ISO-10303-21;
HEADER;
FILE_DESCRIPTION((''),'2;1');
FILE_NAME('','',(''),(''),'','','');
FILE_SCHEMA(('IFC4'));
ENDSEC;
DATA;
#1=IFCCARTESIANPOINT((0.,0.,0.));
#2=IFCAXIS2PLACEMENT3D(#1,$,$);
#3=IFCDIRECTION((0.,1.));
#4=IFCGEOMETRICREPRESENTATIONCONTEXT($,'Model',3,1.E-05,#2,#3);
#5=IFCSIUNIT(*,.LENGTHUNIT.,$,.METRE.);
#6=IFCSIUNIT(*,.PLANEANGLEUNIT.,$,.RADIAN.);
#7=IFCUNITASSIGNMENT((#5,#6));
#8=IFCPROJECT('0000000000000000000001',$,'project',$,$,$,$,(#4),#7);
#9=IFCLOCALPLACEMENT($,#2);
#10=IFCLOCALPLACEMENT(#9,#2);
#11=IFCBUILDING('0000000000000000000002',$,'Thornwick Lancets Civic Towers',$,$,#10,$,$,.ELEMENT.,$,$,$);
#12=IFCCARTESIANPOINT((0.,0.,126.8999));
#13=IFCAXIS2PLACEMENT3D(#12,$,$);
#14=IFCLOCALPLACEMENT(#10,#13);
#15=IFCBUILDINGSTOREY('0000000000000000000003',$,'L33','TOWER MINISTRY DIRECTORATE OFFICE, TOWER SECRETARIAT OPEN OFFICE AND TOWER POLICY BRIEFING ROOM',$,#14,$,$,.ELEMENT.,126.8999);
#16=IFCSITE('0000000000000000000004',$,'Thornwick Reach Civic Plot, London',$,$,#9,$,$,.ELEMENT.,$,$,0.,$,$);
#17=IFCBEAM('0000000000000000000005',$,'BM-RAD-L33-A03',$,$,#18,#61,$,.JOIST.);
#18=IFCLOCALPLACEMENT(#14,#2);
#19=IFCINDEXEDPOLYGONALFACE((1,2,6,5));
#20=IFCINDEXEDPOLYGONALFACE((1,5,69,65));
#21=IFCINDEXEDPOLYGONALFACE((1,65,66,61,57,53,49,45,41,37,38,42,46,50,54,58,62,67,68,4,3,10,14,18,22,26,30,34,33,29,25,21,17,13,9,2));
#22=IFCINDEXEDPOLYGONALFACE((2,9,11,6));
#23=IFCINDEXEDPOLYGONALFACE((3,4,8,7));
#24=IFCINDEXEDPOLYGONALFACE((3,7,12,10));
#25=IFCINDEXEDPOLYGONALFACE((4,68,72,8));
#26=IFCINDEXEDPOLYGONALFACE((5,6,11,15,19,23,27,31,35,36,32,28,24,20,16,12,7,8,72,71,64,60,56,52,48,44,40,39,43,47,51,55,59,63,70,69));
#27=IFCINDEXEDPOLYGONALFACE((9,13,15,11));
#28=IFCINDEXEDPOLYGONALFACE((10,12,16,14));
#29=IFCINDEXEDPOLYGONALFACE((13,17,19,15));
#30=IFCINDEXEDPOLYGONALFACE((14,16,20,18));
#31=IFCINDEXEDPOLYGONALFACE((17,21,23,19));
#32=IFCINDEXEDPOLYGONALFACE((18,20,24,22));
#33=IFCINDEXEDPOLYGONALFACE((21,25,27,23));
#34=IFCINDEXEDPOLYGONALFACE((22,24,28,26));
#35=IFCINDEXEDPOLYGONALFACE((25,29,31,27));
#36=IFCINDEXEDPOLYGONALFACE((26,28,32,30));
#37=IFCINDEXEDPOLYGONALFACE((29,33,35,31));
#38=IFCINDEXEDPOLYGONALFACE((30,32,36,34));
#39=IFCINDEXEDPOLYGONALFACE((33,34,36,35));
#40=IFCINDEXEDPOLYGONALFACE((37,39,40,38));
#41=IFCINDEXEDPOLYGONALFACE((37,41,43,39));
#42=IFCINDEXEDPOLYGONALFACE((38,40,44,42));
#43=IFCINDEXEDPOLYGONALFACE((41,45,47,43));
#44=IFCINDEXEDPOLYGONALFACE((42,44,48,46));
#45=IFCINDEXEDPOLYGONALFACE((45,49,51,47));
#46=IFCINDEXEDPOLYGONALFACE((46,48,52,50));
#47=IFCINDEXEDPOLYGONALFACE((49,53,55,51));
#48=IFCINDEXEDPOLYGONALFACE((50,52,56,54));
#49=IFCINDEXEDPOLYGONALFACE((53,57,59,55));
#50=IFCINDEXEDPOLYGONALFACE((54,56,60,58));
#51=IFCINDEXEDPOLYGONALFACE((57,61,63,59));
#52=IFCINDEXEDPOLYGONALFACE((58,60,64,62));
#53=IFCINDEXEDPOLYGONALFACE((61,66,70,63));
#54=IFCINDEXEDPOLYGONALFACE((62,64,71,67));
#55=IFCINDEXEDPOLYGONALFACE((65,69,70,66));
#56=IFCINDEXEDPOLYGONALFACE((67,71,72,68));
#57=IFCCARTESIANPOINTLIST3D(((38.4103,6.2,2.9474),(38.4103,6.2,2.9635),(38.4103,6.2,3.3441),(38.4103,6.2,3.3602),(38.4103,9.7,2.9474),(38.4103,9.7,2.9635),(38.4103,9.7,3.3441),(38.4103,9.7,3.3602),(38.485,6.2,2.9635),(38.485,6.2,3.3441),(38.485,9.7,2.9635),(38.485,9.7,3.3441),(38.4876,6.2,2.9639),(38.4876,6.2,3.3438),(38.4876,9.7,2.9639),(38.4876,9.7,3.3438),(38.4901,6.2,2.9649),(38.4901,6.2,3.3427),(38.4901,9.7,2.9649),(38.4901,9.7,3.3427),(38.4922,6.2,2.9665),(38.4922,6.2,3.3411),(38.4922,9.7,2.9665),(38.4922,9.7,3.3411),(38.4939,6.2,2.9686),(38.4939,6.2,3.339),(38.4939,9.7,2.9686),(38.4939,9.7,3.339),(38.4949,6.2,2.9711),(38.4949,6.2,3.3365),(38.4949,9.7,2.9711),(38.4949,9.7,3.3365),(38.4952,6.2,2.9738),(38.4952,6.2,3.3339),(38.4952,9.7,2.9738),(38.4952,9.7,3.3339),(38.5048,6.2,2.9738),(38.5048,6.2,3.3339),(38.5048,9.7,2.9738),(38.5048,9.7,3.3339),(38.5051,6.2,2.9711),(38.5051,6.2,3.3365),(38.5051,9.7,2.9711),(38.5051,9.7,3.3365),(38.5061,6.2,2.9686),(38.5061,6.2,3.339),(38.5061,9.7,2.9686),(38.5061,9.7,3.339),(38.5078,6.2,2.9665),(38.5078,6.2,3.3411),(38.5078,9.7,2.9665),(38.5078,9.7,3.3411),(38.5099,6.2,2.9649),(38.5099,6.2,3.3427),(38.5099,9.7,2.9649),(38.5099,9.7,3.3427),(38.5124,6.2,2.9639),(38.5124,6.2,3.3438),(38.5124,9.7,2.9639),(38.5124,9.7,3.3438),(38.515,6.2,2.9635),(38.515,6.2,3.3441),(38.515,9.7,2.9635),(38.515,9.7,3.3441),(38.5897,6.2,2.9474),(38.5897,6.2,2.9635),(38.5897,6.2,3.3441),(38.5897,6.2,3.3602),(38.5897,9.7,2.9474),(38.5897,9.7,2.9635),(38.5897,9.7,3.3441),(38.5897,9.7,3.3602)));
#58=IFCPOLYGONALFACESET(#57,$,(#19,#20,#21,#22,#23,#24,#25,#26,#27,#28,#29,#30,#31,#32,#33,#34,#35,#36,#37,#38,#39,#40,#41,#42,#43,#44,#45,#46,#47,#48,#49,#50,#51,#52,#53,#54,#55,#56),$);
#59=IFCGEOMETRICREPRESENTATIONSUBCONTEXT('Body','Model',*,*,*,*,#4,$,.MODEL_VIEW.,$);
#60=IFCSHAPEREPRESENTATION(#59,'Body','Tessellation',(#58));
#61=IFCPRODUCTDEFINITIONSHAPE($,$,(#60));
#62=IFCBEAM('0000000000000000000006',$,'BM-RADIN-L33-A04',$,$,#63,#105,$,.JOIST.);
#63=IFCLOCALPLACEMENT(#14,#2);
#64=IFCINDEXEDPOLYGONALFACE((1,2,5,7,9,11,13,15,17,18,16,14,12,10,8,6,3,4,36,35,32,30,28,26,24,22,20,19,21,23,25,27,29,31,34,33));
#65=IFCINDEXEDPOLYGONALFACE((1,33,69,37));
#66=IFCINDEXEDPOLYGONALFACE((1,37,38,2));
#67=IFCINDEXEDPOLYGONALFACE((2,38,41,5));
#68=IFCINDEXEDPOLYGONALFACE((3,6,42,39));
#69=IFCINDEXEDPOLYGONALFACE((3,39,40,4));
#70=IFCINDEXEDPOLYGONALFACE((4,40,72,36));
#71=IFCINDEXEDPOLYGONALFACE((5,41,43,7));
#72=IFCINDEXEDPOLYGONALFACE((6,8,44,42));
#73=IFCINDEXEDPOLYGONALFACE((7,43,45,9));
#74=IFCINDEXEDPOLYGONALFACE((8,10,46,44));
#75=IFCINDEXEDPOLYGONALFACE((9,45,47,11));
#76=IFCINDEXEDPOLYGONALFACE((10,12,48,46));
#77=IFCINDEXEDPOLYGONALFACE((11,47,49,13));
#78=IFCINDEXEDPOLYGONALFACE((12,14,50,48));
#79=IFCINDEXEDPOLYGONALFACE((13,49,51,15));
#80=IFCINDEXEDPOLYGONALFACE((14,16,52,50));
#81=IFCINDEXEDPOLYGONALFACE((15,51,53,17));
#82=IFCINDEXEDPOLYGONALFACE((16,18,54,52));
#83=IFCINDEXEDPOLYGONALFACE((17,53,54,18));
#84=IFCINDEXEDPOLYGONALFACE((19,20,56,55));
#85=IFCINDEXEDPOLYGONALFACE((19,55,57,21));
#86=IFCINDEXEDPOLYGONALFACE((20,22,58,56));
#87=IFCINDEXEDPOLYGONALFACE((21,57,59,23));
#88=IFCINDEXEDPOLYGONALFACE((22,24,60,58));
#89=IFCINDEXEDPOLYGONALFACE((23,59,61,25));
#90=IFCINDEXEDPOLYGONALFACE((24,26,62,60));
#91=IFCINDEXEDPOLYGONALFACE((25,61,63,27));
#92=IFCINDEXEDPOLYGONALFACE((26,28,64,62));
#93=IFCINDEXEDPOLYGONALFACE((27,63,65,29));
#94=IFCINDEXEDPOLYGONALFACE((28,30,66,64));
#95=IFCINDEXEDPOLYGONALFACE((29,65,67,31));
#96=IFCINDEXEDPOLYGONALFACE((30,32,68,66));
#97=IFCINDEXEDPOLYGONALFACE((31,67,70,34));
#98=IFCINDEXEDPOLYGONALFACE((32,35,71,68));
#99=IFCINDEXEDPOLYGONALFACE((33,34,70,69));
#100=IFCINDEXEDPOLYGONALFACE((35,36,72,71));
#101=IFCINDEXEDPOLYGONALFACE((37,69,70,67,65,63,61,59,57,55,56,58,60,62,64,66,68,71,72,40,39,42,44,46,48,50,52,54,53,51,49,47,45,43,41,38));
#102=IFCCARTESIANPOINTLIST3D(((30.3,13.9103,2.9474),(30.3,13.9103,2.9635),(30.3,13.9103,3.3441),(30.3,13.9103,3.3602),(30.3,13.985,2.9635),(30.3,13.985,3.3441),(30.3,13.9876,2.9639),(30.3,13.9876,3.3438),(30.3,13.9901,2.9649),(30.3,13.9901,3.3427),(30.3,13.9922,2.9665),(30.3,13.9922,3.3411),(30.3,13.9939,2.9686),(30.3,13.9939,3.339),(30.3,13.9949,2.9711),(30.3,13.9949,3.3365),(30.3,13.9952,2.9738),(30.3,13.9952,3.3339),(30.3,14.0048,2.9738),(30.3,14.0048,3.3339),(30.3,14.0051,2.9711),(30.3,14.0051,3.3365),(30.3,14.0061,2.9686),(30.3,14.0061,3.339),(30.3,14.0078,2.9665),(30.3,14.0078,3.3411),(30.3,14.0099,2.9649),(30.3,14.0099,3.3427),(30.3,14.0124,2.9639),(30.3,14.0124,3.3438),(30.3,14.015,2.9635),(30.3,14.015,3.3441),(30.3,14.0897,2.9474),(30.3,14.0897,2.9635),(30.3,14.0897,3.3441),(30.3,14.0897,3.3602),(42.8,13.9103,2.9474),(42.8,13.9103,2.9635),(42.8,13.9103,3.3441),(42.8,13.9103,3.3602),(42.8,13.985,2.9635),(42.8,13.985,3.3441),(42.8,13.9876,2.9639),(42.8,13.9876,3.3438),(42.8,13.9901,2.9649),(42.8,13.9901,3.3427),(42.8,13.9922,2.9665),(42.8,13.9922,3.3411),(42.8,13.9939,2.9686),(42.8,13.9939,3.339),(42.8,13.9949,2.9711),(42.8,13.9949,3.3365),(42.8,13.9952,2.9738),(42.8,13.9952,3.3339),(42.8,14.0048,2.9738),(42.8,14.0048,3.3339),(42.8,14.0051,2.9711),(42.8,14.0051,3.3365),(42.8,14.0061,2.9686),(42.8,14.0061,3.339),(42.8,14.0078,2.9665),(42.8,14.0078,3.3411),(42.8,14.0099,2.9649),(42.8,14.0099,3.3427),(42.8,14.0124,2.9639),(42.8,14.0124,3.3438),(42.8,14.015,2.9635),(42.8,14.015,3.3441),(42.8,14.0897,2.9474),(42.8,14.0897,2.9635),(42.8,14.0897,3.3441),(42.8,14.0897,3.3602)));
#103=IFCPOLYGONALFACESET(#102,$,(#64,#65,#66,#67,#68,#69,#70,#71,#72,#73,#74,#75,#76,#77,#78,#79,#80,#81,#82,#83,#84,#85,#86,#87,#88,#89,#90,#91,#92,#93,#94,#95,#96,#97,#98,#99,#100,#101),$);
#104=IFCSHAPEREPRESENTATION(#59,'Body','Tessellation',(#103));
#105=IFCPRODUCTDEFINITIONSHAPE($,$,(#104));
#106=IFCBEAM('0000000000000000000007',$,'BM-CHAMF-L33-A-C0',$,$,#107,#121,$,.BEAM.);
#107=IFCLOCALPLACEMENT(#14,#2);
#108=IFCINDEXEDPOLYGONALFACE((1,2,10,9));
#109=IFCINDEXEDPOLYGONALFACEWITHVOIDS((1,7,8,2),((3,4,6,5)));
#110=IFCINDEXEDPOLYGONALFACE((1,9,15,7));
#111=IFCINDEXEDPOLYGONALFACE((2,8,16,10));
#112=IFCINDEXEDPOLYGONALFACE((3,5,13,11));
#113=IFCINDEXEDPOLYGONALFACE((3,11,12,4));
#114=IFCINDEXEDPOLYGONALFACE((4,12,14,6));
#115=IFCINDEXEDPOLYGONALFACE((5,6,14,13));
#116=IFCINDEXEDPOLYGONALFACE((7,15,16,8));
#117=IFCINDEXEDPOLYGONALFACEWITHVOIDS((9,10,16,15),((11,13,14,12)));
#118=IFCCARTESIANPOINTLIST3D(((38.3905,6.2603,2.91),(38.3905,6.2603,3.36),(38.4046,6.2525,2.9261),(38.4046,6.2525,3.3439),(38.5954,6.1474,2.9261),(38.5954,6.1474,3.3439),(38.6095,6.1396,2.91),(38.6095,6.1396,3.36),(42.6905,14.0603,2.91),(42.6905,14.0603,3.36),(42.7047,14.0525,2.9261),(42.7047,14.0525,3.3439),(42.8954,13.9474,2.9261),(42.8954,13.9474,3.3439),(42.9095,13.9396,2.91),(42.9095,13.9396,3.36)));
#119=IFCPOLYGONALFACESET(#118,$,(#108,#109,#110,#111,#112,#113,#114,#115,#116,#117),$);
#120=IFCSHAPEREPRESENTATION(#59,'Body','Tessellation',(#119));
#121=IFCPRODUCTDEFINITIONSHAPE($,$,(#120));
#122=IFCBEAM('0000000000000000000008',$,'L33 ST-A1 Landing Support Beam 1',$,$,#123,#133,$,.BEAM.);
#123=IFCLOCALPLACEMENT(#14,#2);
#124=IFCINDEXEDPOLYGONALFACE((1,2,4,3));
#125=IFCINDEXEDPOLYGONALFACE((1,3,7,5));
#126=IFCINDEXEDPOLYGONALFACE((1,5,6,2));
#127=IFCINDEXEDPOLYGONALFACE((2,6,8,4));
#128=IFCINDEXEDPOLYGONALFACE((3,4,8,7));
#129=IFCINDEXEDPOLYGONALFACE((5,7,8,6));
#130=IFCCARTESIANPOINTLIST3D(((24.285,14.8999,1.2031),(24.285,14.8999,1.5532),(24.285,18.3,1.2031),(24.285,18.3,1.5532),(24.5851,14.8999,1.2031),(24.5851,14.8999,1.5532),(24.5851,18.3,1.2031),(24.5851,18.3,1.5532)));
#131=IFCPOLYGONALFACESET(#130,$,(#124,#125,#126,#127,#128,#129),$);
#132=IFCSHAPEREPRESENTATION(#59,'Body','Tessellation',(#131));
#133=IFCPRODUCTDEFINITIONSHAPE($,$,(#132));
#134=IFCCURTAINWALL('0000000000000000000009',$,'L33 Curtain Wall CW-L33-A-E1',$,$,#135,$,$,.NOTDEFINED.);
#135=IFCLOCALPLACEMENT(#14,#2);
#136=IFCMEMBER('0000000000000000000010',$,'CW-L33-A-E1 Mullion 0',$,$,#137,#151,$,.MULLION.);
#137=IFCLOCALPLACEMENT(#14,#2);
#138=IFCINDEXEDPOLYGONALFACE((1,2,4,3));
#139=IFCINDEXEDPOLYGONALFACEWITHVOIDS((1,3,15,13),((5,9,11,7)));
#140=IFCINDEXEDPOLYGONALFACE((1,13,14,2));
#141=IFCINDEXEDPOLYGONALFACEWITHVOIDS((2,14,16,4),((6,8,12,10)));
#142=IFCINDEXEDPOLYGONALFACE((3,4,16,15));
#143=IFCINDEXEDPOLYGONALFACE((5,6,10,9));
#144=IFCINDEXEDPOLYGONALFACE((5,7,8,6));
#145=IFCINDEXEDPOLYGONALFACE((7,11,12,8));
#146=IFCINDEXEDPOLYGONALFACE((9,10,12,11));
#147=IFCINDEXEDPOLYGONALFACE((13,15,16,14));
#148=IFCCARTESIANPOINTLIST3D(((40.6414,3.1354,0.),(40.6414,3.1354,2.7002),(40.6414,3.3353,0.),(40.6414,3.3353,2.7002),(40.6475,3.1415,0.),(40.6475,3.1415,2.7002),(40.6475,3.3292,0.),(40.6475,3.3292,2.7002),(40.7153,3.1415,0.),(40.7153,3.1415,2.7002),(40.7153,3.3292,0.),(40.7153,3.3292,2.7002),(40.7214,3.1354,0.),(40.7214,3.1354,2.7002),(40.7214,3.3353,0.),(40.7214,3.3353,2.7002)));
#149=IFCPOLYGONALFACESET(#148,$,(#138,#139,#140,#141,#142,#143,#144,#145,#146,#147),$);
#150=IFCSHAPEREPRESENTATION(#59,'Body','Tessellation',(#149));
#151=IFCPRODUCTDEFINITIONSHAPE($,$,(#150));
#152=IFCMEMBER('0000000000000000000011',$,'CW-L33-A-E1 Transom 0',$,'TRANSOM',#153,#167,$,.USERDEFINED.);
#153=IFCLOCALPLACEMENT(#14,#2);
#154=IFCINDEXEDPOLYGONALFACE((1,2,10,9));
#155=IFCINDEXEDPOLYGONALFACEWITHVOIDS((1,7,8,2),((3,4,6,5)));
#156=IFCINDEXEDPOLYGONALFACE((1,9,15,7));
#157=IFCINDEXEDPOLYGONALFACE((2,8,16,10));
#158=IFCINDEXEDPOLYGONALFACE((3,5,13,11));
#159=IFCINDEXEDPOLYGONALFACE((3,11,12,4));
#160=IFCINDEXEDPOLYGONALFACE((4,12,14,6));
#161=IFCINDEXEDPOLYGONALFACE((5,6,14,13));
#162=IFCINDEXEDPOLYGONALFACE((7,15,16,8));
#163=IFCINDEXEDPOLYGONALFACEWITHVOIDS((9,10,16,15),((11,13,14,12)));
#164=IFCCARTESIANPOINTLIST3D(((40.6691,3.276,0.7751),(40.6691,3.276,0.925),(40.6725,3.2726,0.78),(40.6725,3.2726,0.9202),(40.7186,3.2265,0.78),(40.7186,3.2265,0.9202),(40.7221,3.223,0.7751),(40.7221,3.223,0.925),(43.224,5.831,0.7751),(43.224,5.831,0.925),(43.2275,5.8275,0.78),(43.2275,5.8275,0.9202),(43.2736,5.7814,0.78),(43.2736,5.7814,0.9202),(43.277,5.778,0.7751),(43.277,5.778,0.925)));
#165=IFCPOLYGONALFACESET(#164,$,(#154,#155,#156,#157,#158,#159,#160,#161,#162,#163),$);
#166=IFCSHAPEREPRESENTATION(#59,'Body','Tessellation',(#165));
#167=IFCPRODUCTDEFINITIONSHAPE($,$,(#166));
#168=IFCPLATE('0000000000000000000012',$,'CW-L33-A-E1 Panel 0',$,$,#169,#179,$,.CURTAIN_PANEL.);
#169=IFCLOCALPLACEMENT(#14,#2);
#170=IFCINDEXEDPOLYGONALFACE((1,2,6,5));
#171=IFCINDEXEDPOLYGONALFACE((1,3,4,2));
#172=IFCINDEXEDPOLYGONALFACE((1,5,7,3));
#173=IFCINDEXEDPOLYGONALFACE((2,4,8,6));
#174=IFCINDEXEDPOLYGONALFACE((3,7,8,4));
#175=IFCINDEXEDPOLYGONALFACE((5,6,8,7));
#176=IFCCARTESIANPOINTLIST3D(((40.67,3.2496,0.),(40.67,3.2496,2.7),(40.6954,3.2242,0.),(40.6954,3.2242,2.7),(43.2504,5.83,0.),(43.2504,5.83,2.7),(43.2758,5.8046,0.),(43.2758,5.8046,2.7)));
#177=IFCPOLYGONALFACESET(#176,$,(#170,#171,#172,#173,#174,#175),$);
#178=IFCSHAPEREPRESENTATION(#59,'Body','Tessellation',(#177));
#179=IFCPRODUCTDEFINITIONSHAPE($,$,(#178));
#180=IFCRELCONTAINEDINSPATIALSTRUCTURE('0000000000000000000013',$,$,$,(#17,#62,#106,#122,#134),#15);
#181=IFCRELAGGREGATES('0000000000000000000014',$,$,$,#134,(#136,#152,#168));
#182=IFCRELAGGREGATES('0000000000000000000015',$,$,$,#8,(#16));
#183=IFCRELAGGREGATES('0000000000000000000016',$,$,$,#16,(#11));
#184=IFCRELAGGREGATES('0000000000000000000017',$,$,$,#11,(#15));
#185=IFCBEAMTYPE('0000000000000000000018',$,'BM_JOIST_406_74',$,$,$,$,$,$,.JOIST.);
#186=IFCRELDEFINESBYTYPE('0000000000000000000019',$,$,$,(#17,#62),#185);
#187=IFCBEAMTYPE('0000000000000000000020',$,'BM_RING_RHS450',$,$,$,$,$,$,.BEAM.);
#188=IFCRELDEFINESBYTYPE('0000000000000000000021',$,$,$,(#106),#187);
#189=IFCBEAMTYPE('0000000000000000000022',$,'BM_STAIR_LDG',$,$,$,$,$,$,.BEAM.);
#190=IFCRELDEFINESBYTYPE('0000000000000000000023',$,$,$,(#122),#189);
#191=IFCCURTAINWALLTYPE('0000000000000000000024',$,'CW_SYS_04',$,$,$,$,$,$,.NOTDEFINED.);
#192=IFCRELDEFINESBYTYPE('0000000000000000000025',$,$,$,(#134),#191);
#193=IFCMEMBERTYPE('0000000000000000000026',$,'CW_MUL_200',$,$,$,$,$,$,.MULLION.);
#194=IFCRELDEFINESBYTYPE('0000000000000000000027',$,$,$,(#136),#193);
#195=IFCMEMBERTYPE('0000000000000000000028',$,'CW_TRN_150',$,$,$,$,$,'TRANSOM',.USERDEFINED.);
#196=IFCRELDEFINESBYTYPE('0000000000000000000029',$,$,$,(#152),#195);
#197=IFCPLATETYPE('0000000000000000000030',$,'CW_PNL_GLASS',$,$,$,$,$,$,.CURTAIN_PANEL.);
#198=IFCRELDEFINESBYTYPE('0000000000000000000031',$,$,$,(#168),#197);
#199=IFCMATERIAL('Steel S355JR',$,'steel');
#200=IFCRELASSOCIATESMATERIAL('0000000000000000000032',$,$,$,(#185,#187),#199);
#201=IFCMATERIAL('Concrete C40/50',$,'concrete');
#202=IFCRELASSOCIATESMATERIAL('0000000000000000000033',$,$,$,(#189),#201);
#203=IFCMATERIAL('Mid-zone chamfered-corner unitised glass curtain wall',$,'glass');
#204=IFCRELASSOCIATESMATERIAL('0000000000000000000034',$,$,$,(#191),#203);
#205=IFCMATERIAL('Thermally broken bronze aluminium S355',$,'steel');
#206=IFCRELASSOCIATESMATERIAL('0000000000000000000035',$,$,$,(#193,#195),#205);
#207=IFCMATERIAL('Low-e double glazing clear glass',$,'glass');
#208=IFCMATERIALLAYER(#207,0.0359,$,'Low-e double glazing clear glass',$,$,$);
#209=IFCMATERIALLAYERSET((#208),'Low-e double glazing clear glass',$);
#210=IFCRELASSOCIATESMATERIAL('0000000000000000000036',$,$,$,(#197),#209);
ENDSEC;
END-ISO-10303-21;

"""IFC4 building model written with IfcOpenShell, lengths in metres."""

from ifc_helpers import new_model, si_unit, direction, frame, origin, origin_2d, place, context, subcontext, project, spatial, rectangle, hollow_rectangle, i_section, extrude, material, layer, layer_set, material_profile, profile_set, type_object, element, aggregate, save


model = new_model("IFC4")

# Units and contexts
model_context = context("Model", 3, precision=1e-05, world=origin(), true_north=direction((0.0, 1.0)))
body_context = subcontext(model_context, "Body", "Model", "MODEL_VIEW")
ifc_project = project(units=[si_unit("LENGTHUNIT", "METRE"), si_unit("PLANEANGLEUNIT", "RADIAN")], contexts=[model_context])

# Site, building, storey
site_placement = place(None, origin())
site = spatial("IfcSite", under=ifc_project, at=site_placement, Name="Thornwick Reach Civic Plot, London", CompositionType="ELEMENT", RefElevation=0.0)
building_placement = place(site_placement, origin())
building = spatial("IfcBuilding", under=site, at=building_placement, Name="Thornwick Lancets Civic Towers", CompositionType="ELEMENT")
storey_placement = place(building_placement, frame((0.0, 0.0, 126.8999)))
storey = spatial("IfcBuildingStorey", under=building, at=storey_placement, Name="L33", Description="TOWER MINISTRY DIRECTORATE OFFICE, TOWER SECRETARIAT OPEN OFFICE AND TOWER POLICY BRIEFING ROOM", CompositionType="ELEMENT", Elevation=126.8999)

# Beams
ifc_material_1 = material(Name="Steel S355JR", Category="steel")
ifc_material_profile_1 = material_profile(ifc_material_1, i_section(OverallWidth=0.1794, OverallDepth=0.4128, WebThickness=0.0095, FlangeThickness=0.0161, FilletRadius=0.0103, at=origin_2d()), Name="UKB 406x178x74")
ifc_profile_set_1 = profile_set([ifc_material_profile_1], Name="Steel S355JR")
beam_type_1 = type_object("IfcBeamType", Name="BM_JOIST_406_74", PredefinedType="JOIST", material=ifc_profile_set_1)
for number, where, z_axis, x_axis, name in (
    (1, (38.5, 9.7, 3.1538), (0.0, -1.0, 0.0), (1.0, 0.0, 0.0), "BM-RAD-L33-A03"),
):
    element("IfcBeam", number, at=place(storey_placement, frame(where, z_axis=z_axis, x_axis=x_axis)), inside=storey, type_object=beam_type_1, Name=name, PredefinedType="JOIST", context=body_context, shape_type="SweptSolid", body=[
        extrude(i_section(OverallWidth=0.1794, OverallDepth=0.4128, WebThickness=0.0095, FlangeThickness=0.0161, FilletRadius=0.0103, at=origin_2d()), origin(), (0.0, 0.0, 1.0), 3.5),
    ])
beam_1_placement = place(storey_placement, frame((30.3, 14.0, 3.1538), z_axis=(1.0, 0.0, 0.0), x_axis=(0.0, 1.0, 0.0)))
element("IfcBeam", 2, at=beam_1_placement, inside=storey, type_object=beam_type_1, Name="BM-RADIN-L33-A04", PredefinedType="JOIST", context=body_context, shape_type="SweptSolid", body=[
    extrude(i_section(OverallWidth=0.1794, OverallDepth=0.4128, WebThickness=0.0095, FlangeThickness=0.0161, FilletRadius=0.0103, at=origin_2d()), origin(), (0.0, 0.0, 1.0), 12.5),
])
ifc_material_profile_2 = material_profile(ifc_material_1, hollow_rectangle(XDim=0.25, YDim=0.45, WallThickness=0.0161, at=origin_2d()), Name="RHS 450x250x16")
ifc_profile_set_2 = profile_set([ifc_material_profile_2], Name="Steel S355JR")
beam_type_2 = type_object("IfcBeamType", Name="BM_RING_RHS450", PredefinedType="BEAM", material=ifc_profile_set_2)
beam_2_placement = place(storey_placement, frame((38.5, 6.2, 3.135), z_axis=(0.482782, 0.87574, 0.0), x_axis=(-0.87574, 0.482782, 0.0)))
element("IfcBeam", 3, at=beam_2_placement, inside=storey, type_object=beam_type_2, Name="BM-CHAMF-L33-A-C0", PredefinedType="BEAM", context=body_context, shape_type="SweptSolid", body=[
    extrude(hollow_rectangle(XDim=0.25, YDim=0.45, WallThickness=0.0161, at=origin_2d()), origin(), (0.0, 0.0, 1.0), 8.9067),
])
ifc_material_2 = material(Name="Concrete C40/50", Category="concrete")
ifc_material_profile_3 = material_profile(ifc_material_2, rectangle(XDim=0.3, YDim=0.3501, at=origin_2d()), Name="RC 300x350")
ifc_profile_set_3 = profile_set([ifc_material_profile_3], Name="Concrete C40/50")
beam_type_3 = type_object("IfcBeamType", Name="BM_STAIR_LDG", PredefinedType="BEAM", material=ifc_profile_set_3)
beam_3_placement = place(storey_placement, frame((24.4351, 14.8999, 1.3782), z_axis=(0.0, 1.0, 0.0), x_axis=(-1.0, 0.0, 0.0)))
element("IfcBeam", 4, at=beam_3_placement, inside=storey, type_object=beam_type_3, Name="L33 ST-A1 Landing Support Beam 1", PredefinedType="BEAM", context=body_context, shape_type="SweptSolid", body=[
    extrude(rectangle(XDim=0.3, YDim=0.3501, at=origin_2d()), origin(), (0.0, 0.0, 1.0), 3.4001),
])

# Curtain wall, members, plate
ifc_material_3 = material(Name="Mid-zone chamfered-corner unitised glass curtain wall", Category="glass")
curtain_wall_type = type_object("IfcCurtainWallType", Name="CW_SYS_04", PredefinedType="NOTDEFINED", material=ifc_material_3)
curtain_wall_placement = place(storey_placement, origin())
curtain_wall = element("IfcCurtainWall", 5, at=curtain_wall_placement, inside=storey, type_object=curtain_wall_type, Name="L33 Curtain Wall CW-L33-A-E1", PredefinedType="NOTDEFINED")
ifc_material_4 = material(Name="Thermally broken bronze aluminium S355", Category="steel")
ifc_material_profile_4 = material_profile(ifc_material_4, hollow_rectangle(XDim=0.0801, YDim=0.2, WallThickness=0.0061, at=origin_2d()), Name="RHS 200x80x6")
ifc_profile_set_4 = profile_set([ifc_material_profile_4], Name="Thermally broken bronze aluminium S355")
member_type_1 = type_object("IfcMemberType", Name="CW_MUL_200", PredefinedType="MULLION", material=ifc_profile_set_4)
member_1_placement = place(storey_placement, frame((40.6814, 3.2354, 0.0), z_axis=(0.0, 0.0, 1.0), x_axis=(1.0, 0.0, 0.0)))
member_1 = element("IfcMember", 6, at=member_1_placement, type_object=member_type_1, Name="CW-L33-A-E1 Mullion 0", PredefinedType="MULLION", context=body_context, shape_type="SweptSolid", body=[
    extrude(hollow_rectangle(XDim=0.0801, YDim=0.2, WallThickness=0.0061, at=origin_2d()), origin(), (0.0, 0.0, 1.0), 2.7002),
])
ifc_material_profile_5 = material_profile(ifc_material_4, hollow_rectangle(XDim=0.075, YDim=0.1499, WallThickness=0.0049, at=origin_2d()), Name="RHS 150x75x5")
ifc_profile_set_5 = profile_set([ifc_material_profile_5], Name="Thermally broken bronze aluminium S355")
member_type_2 = type_object("IfcMemberType", Name="CW_TRN_150", ElementType="TRANSOM", PredefinedType="USERDEFINED", material=ifc_profile_set_5)
member_2_placement = place(storey_placement, frame((40.6956, 3.2495, 0.8501), z_axis=(0.707107, 0.707107, 0.0), x_axis=(-0.707107, 0.707107, 0.0)))
member_2 = element("IfcMember", 7, at=member_2_placement, type_object=member_type_2, Name="CW-L33-A-E1 Transom 0", ObjectType="TRANSOM", PredefinedType="USERDEFINED", context=body_context, shape_type="SweptSolid", body=[
    extrude(hollow_rectangle(XDim=0.075, YDim=0.1499, WallThickness=0.0049, at=origin_2d()), origin(), (0.0, 0.0, 1.0), 3.6133),
])
ifc_material_5 = material(Name="Low-e double glazing clear glass", Category="glass")
ifc_layer_1 = layer(ifc_material_5, 0.0359, Name="Low-e double glazing clear glass")
ifc_layer_set_1 = layer_set([ifc_layer_1], Name="Low-e double glazing clear glass")
plate_type = type_object("IfcPlateType", Name="CW_PNL_GLASS", PredefinedType="CURTAIN_PANEL", material=ifc_layer_set_1)
plate_placement = place(storey_placement, frame((41.9729, 4.5271, 0.0), z_axis=(0.0, 0.0, 1.0), x_axis=(0.707107, 0.707107, 0.0)))
plate = element("IfcPlate", 8, at=plate_placement, type_object=plate_type, Name="CW-L33-A-E1 Panel 0", PredefinedType="CURTAIN_PANEL", context=body_context, shape_type="SweptSolid", body=[
    extrude(rectangle(XDim=3.6492, YDim=0.0359, at=origin_2d()), origin(), (0.0, 0.0, 1.0), 2.7),
])
aggregate(curtain_wall, [member_1, member_2, plate])

save(model, "model.ifc")
